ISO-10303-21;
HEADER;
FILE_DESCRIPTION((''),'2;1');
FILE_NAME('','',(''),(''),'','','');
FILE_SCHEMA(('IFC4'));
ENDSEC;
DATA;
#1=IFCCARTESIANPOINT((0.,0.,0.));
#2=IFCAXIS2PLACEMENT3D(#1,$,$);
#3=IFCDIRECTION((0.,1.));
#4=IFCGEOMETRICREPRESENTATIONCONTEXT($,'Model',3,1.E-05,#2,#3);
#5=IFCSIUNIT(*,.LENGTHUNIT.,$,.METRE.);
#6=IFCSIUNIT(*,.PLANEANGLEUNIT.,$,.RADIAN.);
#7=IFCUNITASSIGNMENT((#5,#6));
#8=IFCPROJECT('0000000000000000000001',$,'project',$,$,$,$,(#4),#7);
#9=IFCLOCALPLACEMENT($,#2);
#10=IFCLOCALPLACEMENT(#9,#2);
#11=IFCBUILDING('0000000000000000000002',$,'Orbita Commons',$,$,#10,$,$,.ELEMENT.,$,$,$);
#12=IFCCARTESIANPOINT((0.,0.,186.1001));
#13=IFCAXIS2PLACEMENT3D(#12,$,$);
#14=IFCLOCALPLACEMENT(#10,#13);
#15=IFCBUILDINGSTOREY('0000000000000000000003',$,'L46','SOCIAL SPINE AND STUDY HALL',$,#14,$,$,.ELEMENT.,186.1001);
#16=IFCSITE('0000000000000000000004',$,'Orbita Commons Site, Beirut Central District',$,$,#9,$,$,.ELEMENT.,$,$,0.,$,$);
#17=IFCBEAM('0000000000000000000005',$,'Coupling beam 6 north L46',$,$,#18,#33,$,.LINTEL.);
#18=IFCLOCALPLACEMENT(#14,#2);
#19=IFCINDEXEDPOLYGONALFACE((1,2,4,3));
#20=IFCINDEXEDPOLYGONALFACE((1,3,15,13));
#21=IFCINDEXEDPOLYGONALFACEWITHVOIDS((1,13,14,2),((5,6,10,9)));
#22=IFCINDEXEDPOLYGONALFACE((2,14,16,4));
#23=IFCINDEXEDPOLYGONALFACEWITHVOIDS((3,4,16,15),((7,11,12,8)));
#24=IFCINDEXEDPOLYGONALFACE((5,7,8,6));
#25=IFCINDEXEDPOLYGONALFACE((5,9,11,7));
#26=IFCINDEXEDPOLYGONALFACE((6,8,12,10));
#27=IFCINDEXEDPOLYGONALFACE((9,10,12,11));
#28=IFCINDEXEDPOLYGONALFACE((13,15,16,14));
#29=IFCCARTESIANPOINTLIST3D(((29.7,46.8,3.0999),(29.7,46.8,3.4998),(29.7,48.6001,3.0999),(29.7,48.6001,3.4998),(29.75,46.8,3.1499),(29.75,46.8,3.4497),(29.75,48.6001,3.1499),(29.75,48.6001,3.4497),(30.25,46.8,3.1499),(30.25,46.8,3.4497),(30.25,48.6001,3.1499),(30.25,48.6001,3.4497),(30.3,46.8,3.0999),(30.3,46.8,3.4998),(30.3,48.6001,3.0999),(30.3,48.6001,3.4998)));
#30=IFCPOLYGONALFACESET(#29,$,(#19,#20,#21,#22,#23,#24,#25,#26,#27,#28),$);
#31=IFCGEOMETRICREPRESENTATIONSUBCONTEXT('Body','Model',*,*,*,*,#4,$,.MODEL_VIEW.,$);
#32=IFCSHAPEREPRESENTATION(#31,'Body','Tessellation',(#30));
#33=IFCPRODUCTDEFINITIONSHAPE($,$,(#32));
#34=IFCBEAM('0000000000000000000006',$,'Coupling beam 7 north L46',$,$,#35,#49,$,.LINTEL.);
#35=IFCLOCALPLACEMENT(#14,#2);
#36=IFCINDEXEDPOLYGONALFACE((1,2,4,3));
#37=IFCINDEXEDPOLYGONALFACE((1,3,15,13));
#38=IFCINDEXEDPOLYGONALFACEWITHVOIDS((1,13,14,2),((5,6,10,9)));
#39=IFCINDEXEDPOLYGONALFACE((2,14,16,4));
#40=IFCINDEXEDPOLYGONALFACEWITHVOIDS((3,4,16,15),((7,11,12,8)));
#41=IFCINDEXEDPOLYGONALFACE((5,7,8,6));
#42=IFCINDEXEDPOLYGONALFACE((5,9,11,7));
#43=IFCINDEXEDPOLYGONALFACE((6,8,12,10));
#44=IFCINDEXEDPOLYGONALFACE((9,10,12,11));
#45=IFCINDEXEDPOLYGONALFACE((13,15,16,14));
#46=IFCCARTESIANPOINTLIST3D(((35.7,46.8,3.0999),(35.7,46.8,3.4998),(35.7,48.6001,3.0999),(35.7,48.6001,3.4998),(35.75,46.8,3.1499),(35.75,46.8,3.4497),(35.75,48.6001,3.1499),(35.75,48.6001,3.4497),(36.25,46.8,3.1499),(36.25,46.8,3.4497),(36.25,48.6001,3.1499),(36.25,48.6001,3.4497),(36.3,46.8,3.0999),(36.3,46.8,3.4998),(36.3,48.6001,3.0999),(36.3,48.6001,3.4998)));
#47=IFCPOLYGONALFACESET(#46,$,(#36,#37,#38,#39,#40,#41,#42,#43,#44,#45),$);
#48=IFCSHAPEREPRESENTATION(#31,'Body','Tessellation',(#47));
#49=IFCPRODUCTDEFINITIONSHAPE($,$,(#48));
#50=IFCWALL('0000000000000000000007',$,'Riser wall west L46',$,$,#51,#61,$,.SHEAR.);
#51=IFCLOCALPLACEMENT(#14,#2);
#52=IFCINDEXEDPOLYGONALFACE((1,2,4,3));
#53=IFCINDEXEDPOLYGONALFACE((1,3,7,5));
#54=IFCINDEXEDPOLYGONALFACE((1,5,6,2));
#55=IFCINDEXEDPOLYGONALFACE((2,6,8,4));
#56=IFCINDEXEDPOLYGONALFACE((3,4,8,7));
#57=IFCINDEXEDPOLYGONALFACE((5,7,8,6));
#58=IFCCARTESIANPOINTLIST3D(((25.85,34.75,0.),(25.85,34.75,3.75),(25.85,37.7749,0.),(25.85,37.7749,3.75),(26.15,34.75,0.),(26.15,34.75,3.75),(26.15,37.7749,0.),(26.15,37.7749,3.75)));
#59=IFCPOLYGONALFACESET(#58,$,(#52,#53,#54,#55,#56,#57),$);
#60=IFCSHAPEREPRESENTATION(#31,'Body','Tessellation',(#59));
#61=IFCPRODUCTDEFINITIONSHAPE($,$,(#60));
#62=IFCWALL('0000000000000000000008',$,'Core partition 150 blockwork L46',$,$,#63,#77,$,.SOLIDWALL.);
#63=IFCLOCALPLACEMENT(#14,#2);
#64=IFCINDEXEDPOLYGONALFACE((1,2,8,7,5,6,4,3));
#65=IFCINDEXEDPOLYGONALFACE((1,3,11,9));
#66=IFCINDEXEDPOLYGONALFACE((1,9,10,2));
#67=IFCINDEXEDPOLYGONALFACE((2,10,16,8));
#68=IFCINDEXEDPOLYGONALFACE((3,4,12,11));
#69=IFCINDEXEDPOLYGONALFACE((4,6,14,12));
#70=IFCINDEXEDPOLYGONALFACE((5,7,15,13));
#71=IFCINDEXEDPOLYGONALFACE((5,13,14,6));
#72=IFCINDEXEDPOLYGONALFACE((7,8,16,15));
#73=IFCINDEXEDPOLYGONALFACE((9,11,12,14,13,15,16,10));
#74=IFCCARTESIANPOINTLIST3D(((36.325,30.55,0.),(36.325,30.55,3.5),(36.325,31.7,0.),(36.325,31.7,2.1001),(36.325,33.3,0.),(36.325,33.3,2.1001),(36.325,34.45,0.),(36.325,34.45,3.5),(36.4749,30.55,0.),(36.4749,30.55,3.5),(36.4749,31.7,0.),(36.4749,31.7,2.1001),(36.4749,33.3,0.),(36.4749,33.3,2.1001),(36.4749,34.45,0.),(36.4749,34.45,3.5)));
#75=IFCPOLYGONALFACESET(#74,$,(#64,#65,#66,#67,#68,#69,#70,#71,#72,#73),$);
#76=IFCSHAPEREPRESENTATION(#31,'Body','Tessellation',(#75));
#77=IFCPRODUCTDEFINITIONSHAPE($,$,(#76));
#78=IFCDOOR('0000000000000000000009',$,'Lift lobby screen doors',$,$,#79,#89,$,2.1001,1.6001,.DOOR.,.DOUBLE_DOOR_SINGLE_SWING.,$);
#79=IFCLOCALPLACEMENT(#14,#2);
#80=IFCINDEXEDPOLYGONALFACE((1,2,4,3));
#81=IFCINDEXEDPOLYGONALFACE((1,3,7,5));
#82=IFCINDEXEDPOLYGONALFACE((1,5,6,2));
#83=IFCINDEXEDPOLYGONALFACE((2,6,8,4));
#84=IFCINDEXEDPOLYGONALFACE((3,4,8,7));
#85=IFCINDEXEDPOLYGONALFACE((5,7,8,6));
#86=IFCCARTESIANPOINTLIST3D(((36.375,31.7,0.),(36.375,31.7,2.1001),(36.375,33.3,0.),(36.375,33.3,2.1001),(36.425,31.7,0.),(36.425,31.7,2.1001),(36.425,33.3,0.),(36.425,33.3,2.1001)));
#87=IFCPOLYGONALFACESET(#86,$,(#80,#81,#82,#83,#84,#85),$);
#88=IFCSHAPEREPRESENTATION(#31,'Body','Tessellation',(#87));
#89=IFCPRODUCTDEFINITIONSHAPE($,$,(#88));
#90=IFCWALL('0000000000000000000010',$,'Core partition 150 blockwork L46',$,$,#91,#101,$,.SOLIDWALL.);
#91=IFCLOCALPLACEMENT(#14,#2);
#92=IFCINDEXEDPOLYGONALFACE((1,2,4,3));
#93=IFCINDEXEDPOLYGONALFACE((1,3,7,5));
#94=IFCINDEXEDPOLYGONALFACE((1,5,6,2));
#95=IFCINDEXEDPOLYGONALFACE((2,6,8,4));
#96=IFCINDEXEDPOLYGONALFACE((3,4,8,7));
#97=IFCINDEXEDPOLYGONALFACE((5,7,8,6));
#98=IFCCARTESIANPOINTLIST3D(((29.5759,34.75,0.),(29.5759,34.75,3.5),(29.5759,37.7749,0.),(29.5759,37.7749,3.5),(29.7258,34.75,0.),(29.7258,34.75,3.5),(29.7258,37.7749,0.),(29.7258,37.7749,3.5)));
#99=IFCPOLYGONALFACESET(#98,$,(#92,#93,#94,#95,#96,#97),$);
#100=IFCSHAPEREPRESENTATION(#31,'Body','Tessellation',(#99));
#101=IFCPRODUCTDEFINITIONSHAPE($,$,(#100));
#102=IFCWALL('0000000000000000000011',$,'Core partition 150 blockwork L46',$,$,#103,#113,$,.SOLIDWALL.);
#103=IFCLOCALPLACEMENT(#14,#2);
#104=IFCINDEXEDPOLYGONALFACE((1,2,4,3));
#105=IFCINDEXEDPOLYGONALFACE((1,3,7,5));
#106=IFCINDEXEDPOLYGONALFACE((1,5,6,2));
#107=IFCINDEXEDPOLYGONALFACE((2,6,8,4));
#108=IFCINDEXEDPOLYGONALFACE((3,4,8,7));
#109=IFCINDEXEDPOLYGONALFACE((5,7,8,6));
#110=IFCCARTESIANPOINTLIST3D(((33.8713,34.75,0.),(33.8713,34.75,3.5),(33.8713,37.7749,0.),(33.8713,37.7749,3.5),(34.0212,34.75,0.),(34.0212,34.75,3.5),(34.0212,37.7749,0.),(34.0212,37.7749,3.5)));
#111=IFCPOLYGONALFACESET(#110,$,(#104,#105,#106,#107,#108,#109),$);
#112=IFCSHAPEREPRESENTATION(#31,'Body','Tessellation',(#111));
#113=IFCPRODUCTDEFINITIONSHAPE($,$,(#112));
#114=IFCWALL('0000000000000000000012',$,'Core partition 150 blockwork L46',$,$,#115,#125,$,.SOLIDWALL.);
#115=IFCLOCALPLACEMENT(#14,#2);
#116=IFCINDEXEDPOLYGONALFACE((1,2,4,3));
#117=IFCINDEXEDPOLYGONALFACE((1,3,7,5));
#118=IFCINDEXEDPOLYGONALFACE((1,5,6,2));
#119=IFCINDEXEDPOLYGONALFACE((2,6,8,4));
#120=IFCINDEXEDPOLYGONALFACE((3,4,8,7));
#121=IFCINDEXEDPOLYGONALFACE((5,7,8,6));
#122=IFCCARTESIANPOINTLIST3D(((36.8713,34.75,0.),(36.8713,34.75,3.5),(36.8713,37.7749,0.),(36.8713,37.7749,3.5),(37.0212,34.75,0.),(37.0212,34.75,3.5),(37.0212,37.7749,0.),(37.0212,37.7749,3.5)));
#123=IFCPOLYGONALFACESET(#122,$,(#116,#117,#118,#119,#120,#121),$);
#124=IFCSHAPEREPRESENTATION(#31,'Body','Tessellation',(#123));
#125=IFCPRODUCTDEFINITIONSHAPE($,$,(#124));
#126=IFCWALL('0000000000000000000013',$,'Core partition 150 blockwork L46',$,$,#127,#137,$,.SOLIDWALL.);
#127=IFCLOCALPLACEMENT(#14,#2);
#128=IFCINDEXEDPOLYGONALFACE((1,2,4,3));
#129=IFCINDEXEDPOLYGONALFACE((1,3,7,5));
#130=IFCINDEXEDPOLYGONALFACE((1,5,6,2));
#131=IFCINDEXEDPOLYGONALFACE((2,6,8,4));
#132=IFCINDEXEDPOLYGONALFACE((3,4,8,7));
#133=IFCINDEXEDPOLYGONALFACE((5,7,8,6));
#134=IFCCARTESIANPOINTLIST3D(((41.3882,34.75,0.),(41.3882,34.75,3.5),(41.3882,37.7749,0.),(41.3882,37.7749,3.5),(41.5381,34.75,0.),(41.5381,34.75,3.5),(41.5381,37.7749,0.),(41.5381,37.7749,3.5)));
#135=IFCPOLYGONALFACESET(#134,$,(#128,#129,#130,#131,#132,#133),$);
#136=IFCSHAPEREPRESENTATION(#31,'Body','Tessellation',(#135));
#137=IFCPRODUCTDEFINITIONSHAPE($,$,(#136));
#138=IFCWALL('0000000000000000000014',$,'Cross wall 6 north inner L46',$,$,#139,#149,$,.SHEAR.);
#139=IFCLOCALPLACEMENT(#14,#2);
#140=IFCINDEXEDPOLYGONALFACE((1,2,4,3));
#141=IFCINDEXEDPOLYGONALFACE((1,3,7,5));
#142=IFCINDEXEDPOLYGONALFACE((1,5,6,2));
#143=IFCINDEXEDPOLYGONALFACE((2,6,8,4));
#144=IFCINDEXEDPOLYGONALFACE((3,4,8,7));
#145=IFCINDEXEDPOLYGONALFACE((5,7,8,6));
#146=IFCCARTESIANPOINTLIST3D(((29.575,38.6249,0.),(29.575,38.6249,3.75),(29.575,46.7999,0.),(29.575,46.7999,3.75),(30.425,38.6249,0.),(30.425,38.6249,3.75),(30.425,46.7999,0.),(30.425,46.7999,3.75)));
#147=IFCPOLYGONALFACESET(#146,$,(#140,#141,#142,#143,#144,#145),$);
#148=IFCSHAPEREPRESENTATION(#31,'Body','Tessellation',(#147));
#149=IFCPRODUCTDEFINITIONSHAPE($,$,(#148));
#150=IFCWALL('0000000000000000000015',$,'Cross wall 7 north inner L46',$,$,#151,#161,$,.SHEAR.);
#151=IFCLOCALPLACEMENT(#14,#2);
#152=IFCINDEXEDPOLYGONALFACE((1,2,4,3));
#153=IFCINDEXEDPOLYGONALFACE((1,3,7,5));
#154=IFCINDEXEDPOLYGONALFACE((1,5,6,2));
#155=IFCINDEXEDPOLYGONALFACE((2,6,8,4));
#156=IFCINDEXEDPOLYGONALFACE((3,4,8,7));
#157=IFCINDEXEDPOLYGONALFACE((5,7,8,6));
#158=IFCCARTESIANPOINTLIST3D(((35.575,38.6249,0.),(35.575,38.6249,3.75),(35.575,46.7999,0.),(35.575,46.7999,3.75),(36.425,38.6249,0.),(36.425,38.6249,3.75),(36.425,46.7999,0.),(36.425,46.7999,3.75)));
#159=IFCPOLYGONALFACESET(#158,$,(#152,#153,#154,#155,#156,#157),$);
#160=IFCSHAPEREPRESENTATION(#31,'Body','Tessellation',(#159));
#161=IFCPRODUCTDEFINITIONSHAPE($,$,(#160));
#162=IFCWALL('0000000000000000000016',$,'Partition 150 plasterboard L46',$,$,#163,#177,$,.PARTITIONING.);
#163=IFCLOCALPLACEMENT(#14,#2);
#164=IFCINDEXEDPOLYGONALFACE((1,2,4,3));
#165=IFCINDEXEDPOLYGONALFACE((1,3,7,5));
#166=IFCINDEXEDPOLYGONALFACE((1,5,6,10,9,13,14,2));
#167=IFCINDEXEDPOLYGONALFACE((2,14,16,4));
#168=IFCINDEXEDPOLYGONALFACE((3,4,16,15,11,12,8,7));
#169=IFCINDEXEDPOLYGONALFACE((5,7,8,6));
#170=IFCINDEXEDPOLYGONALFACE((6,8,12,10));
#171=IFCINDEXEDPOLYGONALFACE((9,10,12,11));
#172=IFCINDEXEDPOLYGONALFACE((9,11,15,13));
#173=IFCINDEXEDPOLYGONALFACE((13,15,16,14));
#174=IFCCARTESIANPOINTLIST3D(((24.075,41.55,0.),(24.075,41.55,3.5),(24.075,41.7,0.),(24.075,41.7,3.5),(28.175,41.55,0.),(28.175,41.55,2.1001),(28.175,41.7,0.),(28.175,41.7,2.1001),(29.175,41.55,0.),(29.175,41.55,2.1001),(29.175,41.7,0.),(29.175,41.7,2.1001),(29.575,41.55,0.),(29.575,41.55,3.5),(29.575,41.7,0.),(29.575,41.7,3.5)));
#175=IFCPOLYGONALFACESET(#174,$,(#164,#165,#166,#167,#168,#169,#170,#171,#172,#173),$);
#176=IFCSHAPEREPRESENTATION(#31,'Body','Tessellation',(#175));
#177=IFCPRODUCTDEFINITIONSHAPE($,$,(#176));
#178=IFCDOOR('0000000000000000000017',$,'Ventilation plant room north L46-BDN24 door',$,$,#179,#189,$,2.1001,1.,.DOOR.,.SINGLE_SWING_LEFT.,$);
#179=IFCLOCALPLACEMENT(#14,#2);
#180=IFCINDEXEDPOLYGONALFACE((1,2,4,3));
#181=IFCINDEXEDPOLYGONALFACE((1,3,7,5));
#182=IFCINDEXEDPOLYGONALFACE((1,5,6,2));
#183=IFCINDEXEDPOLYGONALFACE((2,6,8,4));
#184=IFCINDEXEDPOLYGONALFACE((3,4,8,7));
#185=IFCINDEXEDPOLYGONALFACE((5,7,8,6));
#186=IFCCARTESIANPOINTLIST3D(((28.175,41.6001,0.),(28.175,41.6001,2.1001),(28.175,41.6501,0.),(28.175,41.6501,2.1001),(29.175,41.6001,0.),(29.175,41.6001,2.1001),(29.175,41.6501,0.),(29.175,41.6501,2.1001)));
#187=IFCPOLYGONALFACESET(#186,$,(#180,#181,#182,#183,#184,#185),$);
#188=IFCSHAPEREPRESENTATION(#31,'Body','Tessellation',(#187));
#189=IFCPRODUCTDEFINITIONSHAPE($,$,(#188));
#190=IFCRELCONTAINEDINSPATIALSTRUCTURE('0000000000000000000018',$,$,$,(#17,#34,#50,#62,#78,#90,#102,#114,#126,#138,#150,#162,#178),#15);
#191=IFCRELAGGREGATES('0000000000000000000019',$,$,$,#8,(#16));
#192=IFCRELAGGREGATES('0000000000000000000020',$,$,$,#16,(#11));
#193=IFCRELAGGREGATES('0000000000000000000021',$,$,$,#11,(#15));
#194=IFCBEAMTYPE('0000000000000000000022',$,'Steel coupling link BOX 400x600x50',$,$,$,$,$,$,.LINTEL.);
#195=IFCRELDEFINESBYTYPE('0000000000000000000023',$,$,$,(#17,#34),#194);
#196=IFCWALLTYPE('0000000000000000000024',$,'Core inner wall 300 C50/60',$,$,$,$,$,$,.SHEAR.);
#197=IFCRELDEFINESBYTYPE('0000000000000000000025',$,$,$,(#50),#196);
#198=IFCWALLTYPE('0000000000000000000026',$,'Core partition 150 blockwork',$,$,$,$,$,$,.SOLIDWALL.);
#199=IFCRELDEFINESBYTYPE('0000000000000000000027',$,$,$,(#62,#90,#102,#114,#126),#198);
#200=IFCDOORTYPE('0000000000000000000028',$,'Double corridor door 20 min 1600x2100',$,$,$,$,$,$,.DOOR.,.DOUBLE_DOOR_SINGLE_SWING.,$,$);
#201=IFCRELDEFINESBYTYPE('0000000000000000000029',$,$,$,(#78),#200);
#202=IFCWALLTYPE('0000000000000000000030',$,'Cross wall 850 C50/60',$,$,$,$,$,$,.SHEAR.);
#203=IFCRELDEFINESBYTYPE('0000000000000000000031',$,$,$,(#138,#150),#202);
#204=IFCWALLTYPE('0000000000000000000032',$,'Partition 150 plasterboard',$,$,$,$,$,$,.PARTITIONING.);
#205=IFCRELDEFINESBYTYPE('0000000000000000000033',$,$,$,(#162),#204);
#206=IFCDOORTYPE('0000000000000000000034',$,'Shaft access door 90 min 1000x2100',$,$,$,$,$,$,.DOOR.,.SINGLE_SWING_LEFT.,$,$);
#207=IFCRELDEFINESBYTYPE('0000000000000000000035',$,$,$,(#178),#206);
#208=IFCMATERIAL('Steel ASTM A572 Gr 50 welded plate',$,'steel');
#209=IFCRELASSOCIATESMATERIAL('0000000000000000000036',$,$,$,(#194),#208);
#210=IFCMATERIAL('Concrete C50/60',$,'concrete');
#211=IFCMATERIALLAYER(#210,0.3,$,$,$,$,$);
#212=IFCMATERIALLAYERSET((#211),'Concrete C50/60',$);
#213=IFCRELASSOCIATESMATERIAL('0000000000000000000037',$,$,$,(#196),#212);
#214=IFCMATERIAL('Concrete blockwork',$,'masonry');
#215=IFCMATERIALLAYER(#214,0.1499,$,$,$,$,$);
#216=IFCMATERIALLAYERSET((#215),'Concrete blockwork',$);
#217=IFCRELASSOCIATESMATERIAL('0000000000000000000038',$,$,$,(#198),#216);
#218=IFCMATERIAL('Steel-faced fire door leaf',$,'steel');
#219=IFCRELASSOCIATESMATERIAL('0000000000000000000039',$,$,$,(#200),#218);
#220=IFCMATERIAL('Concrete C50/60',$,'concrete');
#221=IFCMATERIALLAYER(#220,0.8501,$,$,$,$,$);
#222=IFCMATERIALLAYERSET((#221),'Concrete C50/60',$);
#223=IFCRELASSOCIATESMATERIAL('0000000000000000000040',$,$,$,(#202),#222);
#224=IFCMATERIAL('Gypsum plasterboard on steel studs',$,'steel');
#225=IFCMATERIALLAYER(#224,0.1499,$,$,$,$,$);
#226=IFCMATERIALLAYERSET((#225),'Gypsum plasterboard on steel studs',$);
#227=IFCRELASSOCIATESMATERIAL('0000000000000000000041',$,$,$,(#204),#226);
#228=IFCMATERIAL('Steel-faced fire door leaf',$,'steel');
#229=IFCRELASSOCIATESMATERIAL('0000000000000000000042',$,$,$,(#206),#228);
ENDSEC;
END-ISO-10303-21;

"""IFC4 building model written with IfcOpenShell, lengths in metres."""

from ifc_helpers import new_model, si_unit, direction, frame, frame_2d, origin, origin_2d, place, context, subcontext, project, spatial, rectangle, hollow_rectangle, extrude, material, layer, layer_set, material_profile, profile_set, type_object, element, fill, save


model = new_model("IFC4")

# Units and contexts
model_context = context("Model", 3, precision=1e-05, world=origin(), true_north=direction((0.0, 1.0)))
body_context = subcontext(model_context, "Body", "Model", "MODEL_VIEW")
ifc_project = project(units=[si_unit("LENGTHUNIT", "METRE"), si_unit("PLANEANGLEUNIT", "RADIAN")], contexts=[model_context])

# Site, building, storey
site_placement = place(None, origin())
site = spatial("IfcSite", under=ifc_project, at=site_placement, Name="Orbita Commons Site, Beirut Central District", CompositionType="ELEMENT", RefElevation=0.0)
building_placement = place(site_placement, origin())
building = spatial("IfcBuilding", under=site, at=building_placement, Name="Orbita Commons", CompositionType="ELEMENT")
storey_placement = place(building_placement, frame((0.0, 0.0, 186.1001)))
storey = spatial("IfcBuildingStorey", under=building, at=storey_placement, Name="L46", Description="SOCIAL SPINE AND STUDY HALL", CompositionType="ELEMENT", Elevation=186.1001)

# Beams
ifc_material_1 = material(Name="Steel ASTM A572 Gr 50 welded plate", Category="steel")
ifc_material_profile = material_profile(ifc_material_1, hollow_rectangle(XDim=0.6001, YDim=0.3999, WallThickness=0.05, at=origin_2d()), Name="BOX 400x600x50")
ifc_profile_set = profile_set([ifc_material_profile], Name="Steel ASTM A572 Gr 50 welded plate")
beam_type = type_object("IfcBeamType", Name="Steel coupling link BOX 400x600x50", PredefinedType="LINTEL", material=ifc_profile_set)
for number, where, z_axis, x_axis, name in (
    (1, (30.0, 46.8, 3.2998), (0.0, 1.0, 0.0), (-1.0, 0.0, 0.0), "Coupling beam 6 north L46"),
    (2, (36.0, 46.8, 3.2998), (0.0, 1.0, 0.0), (-1.0, 0.0, 0.0), "Coupling beam 7 north L46"),
):
    element("IfcBeam", number, at=place(storey_placement, frame(where, z_axis=z_axis, x_axis=x_axis)), inside=storey, type_object=beam_type, Name=name, PredefinedType="LINTEL", context=body_context, shape_type="SweptSolid", body=[
        extrude(hollow_rectangle(XDim=0.6001, YDim=0.3999, WallThickness=0.05, at=origin_2d()), origin(), (0.0, 0.0, 1.0), 1.8),
    ])

# Wall
ifc_material_2 = material(Name="Concrete C50/60", Category="concrete")
ifc_layer_1 = layer(ifc_material_2, 0.3)
ifc_layer_set_1 = layer_set([ifc_layer_1], Name="Concrete C50/60")
wall_type_1 = type_object("IfcWallType", Name="Core inner wall 300 C50/60", PredefinedType="SHEAR", material=ifc_layer_set_1)
wall_1_placement = place(storey_placement, frame((26.0, 34.75, 0.0), z_axis=(0.0, 0.0, 1.0), x_axis=(0.0, 1.0, 0.0)))
element("IfcWall", 3, at=wall_1_placement, inside=storey, type_object=wall_type_1, Name="Riser wall west L46", PredefinedType="SHEAR", context=body_context, shape_type="SweptSolid", body=[
    extrude(rectangle(XDim=3.0249, YDim=0.3, at=frame_2d((1.5125, 0.0))), origin(), (0.0, 0.0, 1.0), 3.75),
])

# Wall, opening, door
ifc_material_3 = material(Name="Concrete blockwork", Category="masonry")
ifc_layer_2 = layer(ifc_material_3, 0.1499)
ifc_layer_set_2 = layer_set([ifc_layer_2], Name="Concrete blockwork")
wall_type_2 = type_object("IfcWallType", Name="Core partition 150 blockwork", PredefinedType="SOLIDWALL", material=ifc_layer_set_2)
wall_2_placement = place(storey_placement, frame((36.3999, 30.55, 0.0), z_axis=(0.0, 0.0, 1.0), x_axis=(0.0, 1.0, 0.0)))
wall_2 = element("IfcWall", 4, at=wall_2_placement, inside=storey, type_object=wall_type_2, Name="Core partition 150 blockwork L46", PredefinedType="SOLIDWALL", context=body_context, shape_type="SweptSolid", body=[
    extrude(rectangle(XDim=3.8999, YDim=0.1499, at=frame_2d((1.95, 0.0))), origin(), (0.0, 0.0, 1.0), 3.5),
])
opening_1_placement = place(wall_2_placement, frame((1.1499, 0.0, 0.0)))
opening_1 = element("IfcOpeningElement", 5, at=opening_1_placement, cuts=wall_2, PredefinedType="OPENING", context=body_context, shape_type="SweptSolid", body=[
    extrude(rectangle(XDim=1.6001, YDim=2.1001, at=frame_2d((0.8, 1.05))), frame((0.0, 0.085, 0.0), z_axis=(0.0, -1.0, 0.0), x_axis=(1.0, 0.0, 0.0)), (0.0, 0.0, 1.0), 0.1699),
])
ifc_material_4 = material(Name="Steel-faced fire door leaf", Category="steel")
door_type_1 = type_object("IfcDoorType", Name="Double corridor door 20 min 1600x2100", OperationType="DOUBLE_DOOR_SINGLE_SWING", PredefinedType="DOOR", material=ifc_material_4)
door_1_placement = place(opening_1_placement, origin())
door_1 = element("IfcDoor", 6, at=door_1_placement, inside=storey, type_object=door_type_1, Name="Lift lobby screen doors", OperationType="DOUBLE_DOOR_SINGLE_SWING", OverallHeight=2.1001, OverallWidth=1.6001, PredefinedType="DOOR", context=body_context, shape_type="SweptSolid", body=[
    extrude(rectangle(XDim=1.6001, YDim=2.1001, at=frame_2d((0.8, 1.05))), frame((0.0, 0.0249, 0.0), z_axis=(0.0, -1.0, 0.0), x_axis=(1.0, 0.0, 0.0)), (0.0, 0.0, 1.0), 0.05),
])
fill(opening_1, door_1)

# Walls
for number, where, z_axis, x_axis, name in (
    (7, (29.6509, 34.75, 0.0), (0.0, 0.0, 1.0), (0.0, 1.0, 0.0), "Core partition 150 blockwork L46"),
    (8, (33.9463, 34.75, 0.0), (0.0, 0.0, 1.0), (0.0, 1.0, 0.0), "Core partition 150 blockwork L46"),
    (9, (36.9463, 34.75, 0.0), (0.0, 0.0, 1.0), (0.0, 1.0, 0.0), "Core partition 150 blockwork L46"),
    (10, (41.4631, 34.75, 0.0), (0.0, 0.0, 1.0), (0.0, 1.0, 0.0), "Core partition 150 blockwork L46"),
):
    element("IfcWall", number, at=place(storey_placement, frame(where, z_axis=z_axis, x_axis=x_axis)), inside=storey, type_object=wall_type_2, Name=name, PredefinedType="SOLIDWALL", context=body_context, shape_type="SweptSolid", body=[
        extrude(rectangle(XDim=3.0249, YDim=0.1499, at=frame_2d((1.5125, 0.0))), origin(), (0.0, 0.0, 1.0), 3.5),
    ])
ifc_material_5 = material(Name="Concrete C50/60", Category="concrete")
ifc_layer_3 = layer(ifc_material_5, 0.8501)
ifc_layer_set_3 = layer_set([ifc_layer_3], Name="Concrete C50/60")
wall_type_3 = type_object("IfcWallType", Name="Cross wall 850 C50/60", PredefinedType="SHEAR", material=ifc_layer_set_3)
for number, where, z_axis, x_axis, name in (
    (11, (30.0, 38.625, 0.0), (0.0, 0.0, 1.0), (0.0, 1.0, 0.0), "Cross wall 6 north inner L46"),
    (12, (36.0, 38.625, 0.0), (0.0, 0.0, 1.0), (0.0, 1.0, 0.0), "Cross wall 7 north inner L46"),
):
    element("IfcWall", number, at=place(storey_placement, frame(where, z_axis=z_axis, x_axis=x_axis)), inside=storey, type_object=wall_type_3, Name=name, PredefinedType="SHEAR", context=body_context, shape_type="SweptSolid", body=[
        extrude(rectangle(XDim=8.175, YDim=0.8501, at=frame_2d((4.0874, 0.0))), origin(), (0.0, 0.0, 1.0), 3.75),
    ])

# Wall, opening, door
ifc_material_6 = material(Name="Gypsum plasterboard on steel studs", Category="steel")
ifc_layer_4 = layer(ifc_material_6, 0.1499)
ifc_layer_set_4 = layer_set([ifc_layer_4], Name="Gypsum plasterboard on steel studs")
wall_type_4 = type_object("IfcWallType", Name="Partition 150 plasterboard", PredefinedType="PARTITIONING", material=ifc_layer_set_4)
wall_3_placement = place(storey_placement, frame((29.575, 41.625, 0.0), z_axis=(0.0, 0.0, 1.0), x_axis=(-1.0, 0.0, 0.0)))
wall_3 = element("IfcWall", 13, at=wall_3_placement, inside=storey, type_object=wall_type_4, Name="Partition 150 plasterboard L46", PredefinedType="PARTITIONING", context=body_context, shape_type="SweptSolid", body=[
    extrude(rectangle(XDim=5.5, YDim=0.1499, at=frame_2d((2.75, 0.0))), origin(), (0.0, 0.0, 1.0), 3.5),
])
opening_2_placement = place(wall_3_placement, frame((0.3999, 0.0, 0.0)))
opening_2 = element("IfcOpeningElement", 14, at=opening_2_placement, cuts=wall_3, PredefinedType="OPENING", context=body_context, shape_type="SweptSolid", body=[
    extrude(rectangle(XDim=1.0, YDim=2.1001, at=frame_2d((0.5, 1.05))), frame((0.0, 0.085, 0.0), z_axis=(0.0, -1.0, 0.0), x_axis=(1.0, 0.0, 0.0)), (0.0, 0.0, 1.0), 0.1699),
])
ifc_material_7 = material(Name="Steel-faced fire door leaf", Category="steel")
door_type_2 = type_object("IfcDoorType", Name="Shaft access door 90 min 1000x2100", OperationType="SINGLE_SWING_LEFT", PredefinedType="DOOR", material=ifc_material_7)
door_2_placement = place(opening_2_placement, origin())
door_2 = element("IfcDoor", 15, at=door_2_placement, inside=storey, type_object=door_type_2, Name="Ventilation plant room north L46-BDN24 door", OperationType="SINGLE_SWING_LEFT", OverallHeight=2.1001, OverallWidth=1.0, PredefinedType="DOOR", context=body_context, shape_type="SweptSolid", body=[
    extrude(rectangle(XDim=1.0, YDim=2.1001, at=frame_2d((0.5, 1.05))), frame((0.0, 0.0249, 0.0), z_axis=(0.0, -1.0, 0.0), x_axis=(1.0, 0.0, 0.0)), (0.0, 0.0, 1.0), 0.05),
])
fill(opening_2, door_2)

save(model, "model.ifc")
